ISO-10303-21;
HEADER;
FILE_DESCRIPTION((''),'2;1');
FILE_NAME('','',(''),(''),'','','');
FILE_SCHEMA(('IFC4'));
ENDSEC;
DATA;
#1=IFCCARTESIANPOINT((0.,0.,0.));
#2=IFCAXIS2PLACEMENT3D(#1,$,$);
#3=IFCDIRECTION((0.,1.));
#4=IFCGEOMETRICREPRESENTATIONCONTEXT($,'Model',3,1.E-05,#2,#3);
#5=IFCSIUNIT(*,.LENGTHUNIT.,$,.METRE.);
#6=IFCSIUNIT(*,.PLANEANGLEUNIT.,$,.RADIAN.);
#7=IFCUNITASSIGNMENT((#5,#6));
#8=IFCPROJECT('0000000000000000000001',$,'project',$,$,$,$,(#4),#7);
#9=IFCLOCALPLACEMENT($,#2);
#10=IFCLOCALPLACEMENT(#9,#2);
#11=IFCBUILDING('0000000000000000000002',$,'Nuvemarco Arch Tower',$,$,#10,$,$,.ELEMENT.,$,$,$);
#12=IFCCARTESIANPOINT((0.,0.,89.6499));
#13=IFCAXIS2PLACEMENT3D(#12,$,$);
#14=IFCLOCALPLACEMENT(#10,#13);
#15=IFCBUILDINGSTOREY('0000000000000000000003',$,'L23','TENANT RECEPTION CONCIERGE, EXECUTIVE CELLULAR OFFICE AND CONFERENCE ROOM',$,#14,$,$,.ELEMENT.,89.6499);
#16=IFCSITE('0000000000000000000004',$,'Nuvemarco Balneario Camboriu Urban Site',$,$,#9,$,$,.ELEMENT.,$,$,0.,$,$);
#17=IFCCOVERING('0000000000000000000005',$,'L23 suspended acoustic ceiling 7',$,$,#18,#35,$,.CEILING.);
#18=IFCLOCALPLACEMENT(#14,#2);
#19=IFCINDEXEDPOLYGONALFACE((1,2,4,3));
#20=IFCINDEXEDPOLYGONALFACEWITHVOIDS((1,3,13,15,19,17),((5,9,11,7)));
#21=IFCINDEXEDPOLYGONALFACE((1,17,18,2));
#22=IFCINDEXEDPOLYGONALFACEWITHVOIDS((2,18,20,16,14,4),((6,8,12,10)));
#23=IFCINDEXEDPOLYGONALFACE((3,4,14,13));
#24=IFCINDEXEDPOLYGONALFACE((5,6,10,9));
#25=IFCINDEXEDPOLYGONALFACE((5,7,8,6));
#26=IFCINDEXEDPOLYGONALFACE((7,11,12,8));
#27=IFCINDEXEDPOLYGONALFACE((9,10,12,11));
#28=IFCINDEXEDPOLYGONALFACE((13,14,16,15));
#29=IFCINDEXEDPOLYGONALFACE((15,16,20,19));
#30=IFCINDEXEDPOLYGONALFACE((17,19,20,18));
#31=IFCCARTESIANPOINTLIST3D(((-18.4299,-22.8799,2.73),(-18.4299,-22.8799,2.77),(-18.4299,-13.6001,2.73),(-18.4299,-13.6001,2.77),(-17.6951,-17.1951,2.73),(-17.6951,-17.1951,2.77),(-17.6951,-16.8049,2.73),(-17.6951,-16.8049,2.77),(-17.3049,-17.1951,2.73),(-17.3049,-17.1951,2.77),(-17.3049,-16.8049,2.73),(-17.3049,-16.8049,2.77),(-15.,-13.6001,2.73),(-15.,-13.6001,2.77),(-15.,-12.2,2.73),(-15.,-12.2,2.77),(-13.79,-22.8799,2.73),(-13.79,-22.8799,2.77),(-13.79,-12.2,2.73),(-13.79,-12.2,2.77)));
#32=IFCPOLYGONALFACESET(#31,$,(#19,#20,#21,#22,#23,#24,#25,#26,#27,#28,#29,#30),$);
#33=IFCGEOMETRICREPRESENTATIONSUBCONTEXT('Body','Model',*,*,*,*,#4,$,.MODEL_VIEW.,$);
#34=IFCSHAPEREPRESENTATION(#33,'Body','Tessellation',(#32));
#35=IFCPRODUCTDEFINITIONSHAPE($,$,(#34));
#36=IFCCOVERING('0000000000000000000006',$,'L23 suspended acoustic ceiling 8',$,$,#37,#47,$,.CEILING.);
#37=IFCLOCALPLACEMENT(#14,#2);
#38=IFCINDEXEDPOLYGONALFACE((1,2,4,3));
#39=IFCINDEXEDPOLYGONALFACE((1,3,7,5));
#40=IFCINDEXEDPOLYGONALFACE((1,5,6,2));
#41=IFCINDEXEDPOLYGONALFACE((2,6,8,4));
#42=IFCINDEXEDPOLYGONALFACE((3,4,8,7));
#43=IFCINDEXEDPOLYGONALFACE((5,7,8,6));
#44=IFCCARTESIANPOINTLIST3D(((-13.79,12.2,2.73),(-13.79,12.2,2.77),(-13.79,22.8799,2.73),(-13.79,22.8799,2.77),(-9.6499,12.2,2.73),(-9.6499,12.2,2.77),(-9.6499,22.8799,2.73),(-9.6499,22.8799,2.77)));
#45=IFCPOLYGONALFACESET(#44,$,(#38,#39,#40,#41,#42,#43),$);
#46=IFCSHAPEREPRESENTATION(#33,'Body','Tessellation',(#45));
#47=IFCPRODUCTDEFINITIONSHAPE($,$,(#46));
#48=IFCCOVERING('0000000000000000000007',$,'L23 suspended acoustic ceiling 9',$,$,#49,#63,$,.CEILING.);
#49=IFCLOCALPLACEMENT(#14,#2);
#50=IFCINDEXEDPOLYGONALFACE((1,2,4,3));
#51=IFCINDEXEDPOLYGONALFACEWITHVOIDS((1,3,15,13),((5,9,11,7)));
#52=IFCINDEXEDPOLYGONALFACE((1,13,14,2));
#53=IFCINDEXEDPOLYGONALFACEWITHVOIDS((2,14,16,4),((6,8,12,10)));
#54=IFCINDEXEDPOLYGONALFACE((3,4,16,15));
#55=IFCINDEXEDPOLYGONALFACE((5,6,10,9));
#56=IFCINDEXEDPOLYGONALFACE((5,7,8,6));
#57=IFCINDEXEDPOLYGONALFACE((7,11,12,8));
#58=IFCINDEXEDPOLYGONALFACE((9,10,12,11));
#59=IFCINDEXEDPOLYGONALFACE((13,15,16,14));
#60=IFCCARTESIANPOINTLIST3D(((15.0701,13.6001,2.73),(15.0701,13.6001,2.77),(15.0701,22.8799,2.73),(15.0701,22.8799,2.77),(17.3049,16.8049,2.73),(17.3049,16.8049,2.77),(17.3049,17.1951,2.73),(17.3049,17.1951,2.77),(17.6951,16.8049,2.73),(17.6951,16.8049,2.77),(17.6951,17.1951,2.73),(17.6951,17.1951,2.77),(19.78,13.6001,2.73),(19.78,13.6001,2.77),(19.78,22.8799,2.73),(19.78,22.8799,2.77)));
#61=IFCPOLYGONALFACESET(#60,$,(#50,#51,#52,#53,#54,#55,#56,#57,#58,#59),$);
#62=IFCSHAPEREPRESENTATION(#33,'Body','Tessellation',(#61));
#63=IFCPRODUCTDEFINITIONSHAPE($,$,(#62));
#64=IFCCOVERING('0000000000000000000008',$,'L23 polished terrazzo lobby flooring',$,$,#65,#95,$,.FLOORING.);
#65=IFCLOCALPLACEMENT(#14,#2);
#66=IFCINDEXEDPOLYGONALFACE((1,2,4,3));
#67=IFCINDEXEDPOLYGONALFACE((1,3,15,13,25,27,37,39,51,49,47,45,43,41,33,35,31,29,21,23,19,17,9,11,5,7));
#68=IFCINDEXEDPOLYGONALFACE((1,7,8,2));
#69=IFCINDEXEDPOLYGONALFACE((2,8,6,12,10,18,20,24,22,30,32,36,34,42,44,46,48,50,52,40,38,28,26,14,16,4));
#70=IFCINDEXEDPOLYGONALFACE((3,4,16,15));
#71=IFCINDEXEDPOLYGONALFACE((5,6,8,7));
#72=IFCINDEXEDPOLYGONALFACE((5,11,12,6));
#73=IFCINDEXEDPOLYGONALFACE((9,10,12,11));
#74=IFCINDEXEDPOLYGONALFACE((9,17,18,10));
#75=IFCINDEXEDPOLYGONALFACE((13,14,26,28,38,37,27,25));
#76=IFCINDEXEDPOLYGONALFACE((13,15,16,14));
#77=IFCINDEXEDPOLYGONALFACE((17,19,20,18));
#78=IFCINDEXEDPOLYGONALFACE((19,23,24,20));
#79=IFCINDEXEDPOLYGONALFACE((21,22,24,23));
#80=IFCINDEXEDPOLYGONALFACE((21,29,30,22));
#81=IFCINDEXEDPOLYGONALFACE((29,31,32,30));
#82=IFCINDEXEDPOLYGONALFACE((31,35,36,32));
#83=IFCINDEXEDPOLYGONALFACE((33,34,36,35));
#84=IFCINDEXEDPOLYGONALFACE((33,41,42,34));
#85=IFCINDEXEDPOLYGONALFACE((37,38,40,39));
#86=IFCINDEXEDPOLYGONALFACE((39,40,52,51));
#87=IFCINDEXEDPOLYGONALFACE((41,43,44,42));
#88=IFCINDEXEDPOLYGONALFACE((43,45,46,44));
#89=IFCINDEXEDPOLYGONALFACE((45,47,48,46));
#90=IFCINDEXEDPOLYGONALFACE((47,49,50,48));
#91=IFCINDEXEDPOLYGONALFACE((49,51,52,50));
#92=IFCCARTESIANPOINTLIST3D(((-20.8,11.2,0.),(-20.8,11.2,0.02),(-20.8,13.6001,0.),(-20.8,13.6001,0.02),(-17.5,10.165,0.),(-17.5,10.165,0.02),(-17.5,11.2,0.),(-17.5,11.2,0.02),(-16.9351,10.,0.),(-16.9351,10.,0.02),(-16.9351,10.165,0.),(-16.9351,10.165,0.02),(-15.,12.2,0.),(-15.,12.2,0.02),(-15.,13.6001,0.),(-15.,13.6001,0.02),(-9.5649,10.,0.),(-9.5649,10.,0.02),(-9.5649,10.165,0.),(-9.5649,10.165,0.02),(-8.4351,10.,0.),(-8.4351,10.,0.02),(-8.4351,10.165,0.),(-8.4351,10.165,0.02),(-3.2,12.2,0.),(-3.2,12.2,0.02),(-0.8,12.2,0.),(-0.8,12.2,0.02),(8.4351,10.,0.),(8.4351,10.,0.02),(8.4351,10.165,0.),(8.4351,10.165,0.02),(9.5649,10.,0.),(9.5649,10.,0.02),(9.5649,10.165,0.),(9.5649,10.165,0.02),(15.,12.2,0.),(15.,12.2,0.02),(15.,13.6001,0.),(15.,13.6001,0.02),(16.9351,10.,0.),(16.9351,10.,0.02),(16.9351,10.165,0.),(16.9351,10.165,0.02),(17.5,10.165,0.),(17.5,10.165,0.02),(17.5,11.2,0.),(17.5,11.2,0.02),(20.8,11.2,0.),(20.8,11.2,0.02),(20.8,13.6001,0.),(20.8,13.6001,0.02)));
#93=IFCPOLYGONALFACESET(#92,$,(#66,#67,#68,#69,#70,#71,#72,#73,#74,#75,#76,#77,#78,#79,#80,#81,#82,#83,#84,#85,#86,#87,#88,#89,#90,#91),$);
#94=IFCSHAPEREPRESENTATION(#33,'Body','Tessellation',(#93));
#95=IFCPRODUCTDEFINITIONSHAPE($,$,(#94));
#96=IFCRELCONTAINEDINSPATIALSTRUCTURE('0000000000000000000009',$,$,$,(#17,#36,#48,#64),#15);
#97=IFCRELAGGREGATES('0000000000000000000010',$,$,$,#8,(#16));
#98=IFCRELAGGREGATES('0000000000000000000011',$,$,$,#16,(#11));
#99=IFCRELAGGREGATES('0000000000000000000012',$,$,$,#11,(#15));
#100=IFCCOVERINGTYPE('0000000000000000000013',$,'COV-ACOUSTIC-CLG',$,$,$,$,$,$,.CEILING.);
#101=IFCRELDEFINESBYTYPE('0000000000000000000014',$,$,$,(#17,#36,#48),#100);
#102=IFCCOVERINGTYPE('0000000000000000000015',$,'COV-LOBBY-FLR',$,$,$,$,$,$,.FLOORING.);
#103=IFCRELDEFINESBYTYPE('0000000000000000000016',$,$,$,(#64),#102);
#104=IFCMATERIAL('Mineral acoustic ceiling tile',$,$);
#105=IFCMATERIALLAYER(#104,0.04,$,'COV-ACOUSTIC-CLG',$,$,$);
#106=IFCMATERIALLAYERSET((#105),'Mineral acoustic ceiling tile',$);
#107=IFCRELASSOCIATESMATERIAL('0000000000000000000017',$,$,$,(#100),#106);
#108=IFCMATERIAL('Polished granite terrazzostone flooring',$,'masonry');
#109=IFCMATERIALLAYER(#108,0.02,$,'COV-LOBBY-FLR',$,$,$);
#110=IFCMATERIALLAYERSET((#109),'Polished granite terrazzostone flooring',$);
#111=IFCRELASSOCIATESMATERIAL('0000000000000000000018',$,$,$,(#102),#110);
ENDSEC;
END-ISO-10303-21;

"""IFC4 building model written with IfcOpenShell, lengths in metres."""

from ifc_helpers import new_model, si_unit, direction, frame, origin, place, context, subcontext, project, spatial, polyline, outline, extrude, material, layer, layer_set, type_object, element, save


model = new_model("IFC4")

# Units and contexts
model_context = context("Model", 3, precision=1e-05, world=origin(), true_north=direction((0.0, 1.0)))
body_context = subcontext(model_context, "Body", "Model", "MODEL_VIEW")
ifc_project = project(units=[si_unit("LENGTHUNIT", "METRE"), si_unit("PLANEANGLEUNIT", "RADIAN")], contexts=[model_context])

# Site, building, storey
site_placement = place(None, origin())
site = spatial("IfcSite", under=ifc_project, at=site_placement, Name="Nuvemarco Balneario Camboriu Urban Site", CompositionType="ELEMENT", RefElevation=0.0)
building_placement = place(site_placement, origin())
building = spatial("IfcBuilding", under=site, at=building_placement, Name="Nuvemarco Arch Tower", CompositionType="ELEMENT")
storey_placement = place(building_placement, frame((0.0, 0.0, 89.6499)))
storey = spatial("IfcBuildingStorey", under=building, at=storey_placement, Name="L23", Description="TENANT RECEPTION CONCIERGE, EXECUTIVE CELLULAR OFFICE AND CONFERENCE ROOM", CompositionType="ELEMENT", Elevation=89.6499)

# Coverings
ifc_material_1 = material(Name="Mineral acoustic ceiling tile")
ifc_layer_1 = layer(ifc_material_1, 0.04, Name="COV-ACOUSTIC-CLG")
ifc_layer_set_1 = layer_set([ifc_layer_1], Name="Mineral acoustic ceiling tile")
covering_type_1 = type_object("IfcCoveringType", Name="COV-ACOUSTIC-CLG", PredefinedType="CEILING", material=ifc_layer_set_1)
covering_1_placement = place(storey_placement, frame((0.0, 0.0, 2.73)))
element("IfcCovering", 1, at=covering_1_placement, inside=storey, type_object=covering_type_1, Name="L23 suspended acoustic ceiling 7", PredefinedType="CEILING", context=body_context, shape_type="SweptSolid", body=[
    extrude(outline(polyline([(-13.79, -12.2), (-13.79, -22.8799), (-18.4299, -22.8799), (-18.4299, -13.6001), (-15.0, -13.6001), (-15.0, -12.2), (-13.79, -12.2)]), holes=[polyline([(-17.3049, -16.8049), (-17.6951, -16.8049), (-17.6951, -17.1951), (-17.3049, -17.1951), (-17.3049, -16.8049)])]), origin(), (0.0, 0.0, 1.0), 0.04),
])
covering_2_placement = place(storey_placement, frame((0.0, 0.0, 2.73)))
element("IfcCovering", 2, at=covering_2_placement, inside=storey, type_object=covering_type_1, Name="L23 suspended acoustic ceiling 8", PredefinedType="CEILING", context=body_context, shape_type="SweptSolid", body=[
    extrude(outline(polyline([(-13.79, 12.2), (-13.79, 22.8799), (-9.6499, 22.8799), (-9.6499, 12.2), (-13.79, 12.2)])), origin(), (0.0, 0.0, 1.0), 0.04),
])
covering_3_placement = place(storey_placement, frame((0.0, 0.0, 2.73)))
element("IfcCovering", 3, at=covering_3_placement, inside=storey, type_object=covering_type_1, Name="L23 suspended acoustic ceiling 9", PredefinedType="CEILING", context=body_context, shape_type="SweptSolid", body=[
    extrude(outline(polyline([(15.0701, 13.6001), (15.0701, 22.8799), (19.78, 22.8799), (19.78, 13.6001), (15.0701, 13.6001)]), holes=[polyline([(17.6951, 16.8049), (17.6951, 17.1951), (17.3049, 17.1951), (17.3049, 16.8049), (17.6951, 16.8049)])]), origin(), (0.0, 0.0, 1.0), 0.04),
])
ifc_material_2 = material(Name="Polished granite terrazzostone flooring", Category="masonry")
ifc_layer_2 = layer(ifc_material_2, 0.02, Name="COV-LOBBY-FLR")
ifc_layer_set_2 = layer_set([ifc_layer_2], Name="Polished granite terrazzostone flooring")
covering_type_2 = type_object("IfcCoveringType", Name="COV-LOBBY-FLR", PredefinedType="FLOORING", material=ifc_layer_set_2)
covering_4_placement = place(storey_placement, origin())
element("IfcCovering", 4, at=covering_4_placement, inside=storey, type_object=covering_type_2, Name="L23 polished terrazzo lobby flooring", PredefinedType="FLOORING", context=body_context, shape_type="SweptSolid", body=[
    extrude(outline(polyline([(-8.4351, 10.165), (-9.5649, 10.165), (-9.5649, 10.0), (-16.9351, 10.0), (-16.9351, 10.165), (-17.5, 10.165), (-17.5, 11.2), (-20.8, 11.2), (-20.8, 13.6001), (-15.0, 13.6001), (-15.0, 12.2), (-3.2, 12.2), (-0.8, 12.2), (15.0, 12.2), (15.0, 13.6001), (20.8, 13.6001), (20.8, 11.2), (17.5, 11.2), (17.5, 10.165), (16.9351, 10.165), (16.9351, 10.0), (9.5649, 10.0), (9.5649, 10.165), (8.4351, 10.165), (8.4351, 10.0), (-8.4351, 10.0), (-8.4351, 10.165)])), origin(), (0.0, 0.0, 1.0), 0.02),
])

save(model, "model.ifc")
